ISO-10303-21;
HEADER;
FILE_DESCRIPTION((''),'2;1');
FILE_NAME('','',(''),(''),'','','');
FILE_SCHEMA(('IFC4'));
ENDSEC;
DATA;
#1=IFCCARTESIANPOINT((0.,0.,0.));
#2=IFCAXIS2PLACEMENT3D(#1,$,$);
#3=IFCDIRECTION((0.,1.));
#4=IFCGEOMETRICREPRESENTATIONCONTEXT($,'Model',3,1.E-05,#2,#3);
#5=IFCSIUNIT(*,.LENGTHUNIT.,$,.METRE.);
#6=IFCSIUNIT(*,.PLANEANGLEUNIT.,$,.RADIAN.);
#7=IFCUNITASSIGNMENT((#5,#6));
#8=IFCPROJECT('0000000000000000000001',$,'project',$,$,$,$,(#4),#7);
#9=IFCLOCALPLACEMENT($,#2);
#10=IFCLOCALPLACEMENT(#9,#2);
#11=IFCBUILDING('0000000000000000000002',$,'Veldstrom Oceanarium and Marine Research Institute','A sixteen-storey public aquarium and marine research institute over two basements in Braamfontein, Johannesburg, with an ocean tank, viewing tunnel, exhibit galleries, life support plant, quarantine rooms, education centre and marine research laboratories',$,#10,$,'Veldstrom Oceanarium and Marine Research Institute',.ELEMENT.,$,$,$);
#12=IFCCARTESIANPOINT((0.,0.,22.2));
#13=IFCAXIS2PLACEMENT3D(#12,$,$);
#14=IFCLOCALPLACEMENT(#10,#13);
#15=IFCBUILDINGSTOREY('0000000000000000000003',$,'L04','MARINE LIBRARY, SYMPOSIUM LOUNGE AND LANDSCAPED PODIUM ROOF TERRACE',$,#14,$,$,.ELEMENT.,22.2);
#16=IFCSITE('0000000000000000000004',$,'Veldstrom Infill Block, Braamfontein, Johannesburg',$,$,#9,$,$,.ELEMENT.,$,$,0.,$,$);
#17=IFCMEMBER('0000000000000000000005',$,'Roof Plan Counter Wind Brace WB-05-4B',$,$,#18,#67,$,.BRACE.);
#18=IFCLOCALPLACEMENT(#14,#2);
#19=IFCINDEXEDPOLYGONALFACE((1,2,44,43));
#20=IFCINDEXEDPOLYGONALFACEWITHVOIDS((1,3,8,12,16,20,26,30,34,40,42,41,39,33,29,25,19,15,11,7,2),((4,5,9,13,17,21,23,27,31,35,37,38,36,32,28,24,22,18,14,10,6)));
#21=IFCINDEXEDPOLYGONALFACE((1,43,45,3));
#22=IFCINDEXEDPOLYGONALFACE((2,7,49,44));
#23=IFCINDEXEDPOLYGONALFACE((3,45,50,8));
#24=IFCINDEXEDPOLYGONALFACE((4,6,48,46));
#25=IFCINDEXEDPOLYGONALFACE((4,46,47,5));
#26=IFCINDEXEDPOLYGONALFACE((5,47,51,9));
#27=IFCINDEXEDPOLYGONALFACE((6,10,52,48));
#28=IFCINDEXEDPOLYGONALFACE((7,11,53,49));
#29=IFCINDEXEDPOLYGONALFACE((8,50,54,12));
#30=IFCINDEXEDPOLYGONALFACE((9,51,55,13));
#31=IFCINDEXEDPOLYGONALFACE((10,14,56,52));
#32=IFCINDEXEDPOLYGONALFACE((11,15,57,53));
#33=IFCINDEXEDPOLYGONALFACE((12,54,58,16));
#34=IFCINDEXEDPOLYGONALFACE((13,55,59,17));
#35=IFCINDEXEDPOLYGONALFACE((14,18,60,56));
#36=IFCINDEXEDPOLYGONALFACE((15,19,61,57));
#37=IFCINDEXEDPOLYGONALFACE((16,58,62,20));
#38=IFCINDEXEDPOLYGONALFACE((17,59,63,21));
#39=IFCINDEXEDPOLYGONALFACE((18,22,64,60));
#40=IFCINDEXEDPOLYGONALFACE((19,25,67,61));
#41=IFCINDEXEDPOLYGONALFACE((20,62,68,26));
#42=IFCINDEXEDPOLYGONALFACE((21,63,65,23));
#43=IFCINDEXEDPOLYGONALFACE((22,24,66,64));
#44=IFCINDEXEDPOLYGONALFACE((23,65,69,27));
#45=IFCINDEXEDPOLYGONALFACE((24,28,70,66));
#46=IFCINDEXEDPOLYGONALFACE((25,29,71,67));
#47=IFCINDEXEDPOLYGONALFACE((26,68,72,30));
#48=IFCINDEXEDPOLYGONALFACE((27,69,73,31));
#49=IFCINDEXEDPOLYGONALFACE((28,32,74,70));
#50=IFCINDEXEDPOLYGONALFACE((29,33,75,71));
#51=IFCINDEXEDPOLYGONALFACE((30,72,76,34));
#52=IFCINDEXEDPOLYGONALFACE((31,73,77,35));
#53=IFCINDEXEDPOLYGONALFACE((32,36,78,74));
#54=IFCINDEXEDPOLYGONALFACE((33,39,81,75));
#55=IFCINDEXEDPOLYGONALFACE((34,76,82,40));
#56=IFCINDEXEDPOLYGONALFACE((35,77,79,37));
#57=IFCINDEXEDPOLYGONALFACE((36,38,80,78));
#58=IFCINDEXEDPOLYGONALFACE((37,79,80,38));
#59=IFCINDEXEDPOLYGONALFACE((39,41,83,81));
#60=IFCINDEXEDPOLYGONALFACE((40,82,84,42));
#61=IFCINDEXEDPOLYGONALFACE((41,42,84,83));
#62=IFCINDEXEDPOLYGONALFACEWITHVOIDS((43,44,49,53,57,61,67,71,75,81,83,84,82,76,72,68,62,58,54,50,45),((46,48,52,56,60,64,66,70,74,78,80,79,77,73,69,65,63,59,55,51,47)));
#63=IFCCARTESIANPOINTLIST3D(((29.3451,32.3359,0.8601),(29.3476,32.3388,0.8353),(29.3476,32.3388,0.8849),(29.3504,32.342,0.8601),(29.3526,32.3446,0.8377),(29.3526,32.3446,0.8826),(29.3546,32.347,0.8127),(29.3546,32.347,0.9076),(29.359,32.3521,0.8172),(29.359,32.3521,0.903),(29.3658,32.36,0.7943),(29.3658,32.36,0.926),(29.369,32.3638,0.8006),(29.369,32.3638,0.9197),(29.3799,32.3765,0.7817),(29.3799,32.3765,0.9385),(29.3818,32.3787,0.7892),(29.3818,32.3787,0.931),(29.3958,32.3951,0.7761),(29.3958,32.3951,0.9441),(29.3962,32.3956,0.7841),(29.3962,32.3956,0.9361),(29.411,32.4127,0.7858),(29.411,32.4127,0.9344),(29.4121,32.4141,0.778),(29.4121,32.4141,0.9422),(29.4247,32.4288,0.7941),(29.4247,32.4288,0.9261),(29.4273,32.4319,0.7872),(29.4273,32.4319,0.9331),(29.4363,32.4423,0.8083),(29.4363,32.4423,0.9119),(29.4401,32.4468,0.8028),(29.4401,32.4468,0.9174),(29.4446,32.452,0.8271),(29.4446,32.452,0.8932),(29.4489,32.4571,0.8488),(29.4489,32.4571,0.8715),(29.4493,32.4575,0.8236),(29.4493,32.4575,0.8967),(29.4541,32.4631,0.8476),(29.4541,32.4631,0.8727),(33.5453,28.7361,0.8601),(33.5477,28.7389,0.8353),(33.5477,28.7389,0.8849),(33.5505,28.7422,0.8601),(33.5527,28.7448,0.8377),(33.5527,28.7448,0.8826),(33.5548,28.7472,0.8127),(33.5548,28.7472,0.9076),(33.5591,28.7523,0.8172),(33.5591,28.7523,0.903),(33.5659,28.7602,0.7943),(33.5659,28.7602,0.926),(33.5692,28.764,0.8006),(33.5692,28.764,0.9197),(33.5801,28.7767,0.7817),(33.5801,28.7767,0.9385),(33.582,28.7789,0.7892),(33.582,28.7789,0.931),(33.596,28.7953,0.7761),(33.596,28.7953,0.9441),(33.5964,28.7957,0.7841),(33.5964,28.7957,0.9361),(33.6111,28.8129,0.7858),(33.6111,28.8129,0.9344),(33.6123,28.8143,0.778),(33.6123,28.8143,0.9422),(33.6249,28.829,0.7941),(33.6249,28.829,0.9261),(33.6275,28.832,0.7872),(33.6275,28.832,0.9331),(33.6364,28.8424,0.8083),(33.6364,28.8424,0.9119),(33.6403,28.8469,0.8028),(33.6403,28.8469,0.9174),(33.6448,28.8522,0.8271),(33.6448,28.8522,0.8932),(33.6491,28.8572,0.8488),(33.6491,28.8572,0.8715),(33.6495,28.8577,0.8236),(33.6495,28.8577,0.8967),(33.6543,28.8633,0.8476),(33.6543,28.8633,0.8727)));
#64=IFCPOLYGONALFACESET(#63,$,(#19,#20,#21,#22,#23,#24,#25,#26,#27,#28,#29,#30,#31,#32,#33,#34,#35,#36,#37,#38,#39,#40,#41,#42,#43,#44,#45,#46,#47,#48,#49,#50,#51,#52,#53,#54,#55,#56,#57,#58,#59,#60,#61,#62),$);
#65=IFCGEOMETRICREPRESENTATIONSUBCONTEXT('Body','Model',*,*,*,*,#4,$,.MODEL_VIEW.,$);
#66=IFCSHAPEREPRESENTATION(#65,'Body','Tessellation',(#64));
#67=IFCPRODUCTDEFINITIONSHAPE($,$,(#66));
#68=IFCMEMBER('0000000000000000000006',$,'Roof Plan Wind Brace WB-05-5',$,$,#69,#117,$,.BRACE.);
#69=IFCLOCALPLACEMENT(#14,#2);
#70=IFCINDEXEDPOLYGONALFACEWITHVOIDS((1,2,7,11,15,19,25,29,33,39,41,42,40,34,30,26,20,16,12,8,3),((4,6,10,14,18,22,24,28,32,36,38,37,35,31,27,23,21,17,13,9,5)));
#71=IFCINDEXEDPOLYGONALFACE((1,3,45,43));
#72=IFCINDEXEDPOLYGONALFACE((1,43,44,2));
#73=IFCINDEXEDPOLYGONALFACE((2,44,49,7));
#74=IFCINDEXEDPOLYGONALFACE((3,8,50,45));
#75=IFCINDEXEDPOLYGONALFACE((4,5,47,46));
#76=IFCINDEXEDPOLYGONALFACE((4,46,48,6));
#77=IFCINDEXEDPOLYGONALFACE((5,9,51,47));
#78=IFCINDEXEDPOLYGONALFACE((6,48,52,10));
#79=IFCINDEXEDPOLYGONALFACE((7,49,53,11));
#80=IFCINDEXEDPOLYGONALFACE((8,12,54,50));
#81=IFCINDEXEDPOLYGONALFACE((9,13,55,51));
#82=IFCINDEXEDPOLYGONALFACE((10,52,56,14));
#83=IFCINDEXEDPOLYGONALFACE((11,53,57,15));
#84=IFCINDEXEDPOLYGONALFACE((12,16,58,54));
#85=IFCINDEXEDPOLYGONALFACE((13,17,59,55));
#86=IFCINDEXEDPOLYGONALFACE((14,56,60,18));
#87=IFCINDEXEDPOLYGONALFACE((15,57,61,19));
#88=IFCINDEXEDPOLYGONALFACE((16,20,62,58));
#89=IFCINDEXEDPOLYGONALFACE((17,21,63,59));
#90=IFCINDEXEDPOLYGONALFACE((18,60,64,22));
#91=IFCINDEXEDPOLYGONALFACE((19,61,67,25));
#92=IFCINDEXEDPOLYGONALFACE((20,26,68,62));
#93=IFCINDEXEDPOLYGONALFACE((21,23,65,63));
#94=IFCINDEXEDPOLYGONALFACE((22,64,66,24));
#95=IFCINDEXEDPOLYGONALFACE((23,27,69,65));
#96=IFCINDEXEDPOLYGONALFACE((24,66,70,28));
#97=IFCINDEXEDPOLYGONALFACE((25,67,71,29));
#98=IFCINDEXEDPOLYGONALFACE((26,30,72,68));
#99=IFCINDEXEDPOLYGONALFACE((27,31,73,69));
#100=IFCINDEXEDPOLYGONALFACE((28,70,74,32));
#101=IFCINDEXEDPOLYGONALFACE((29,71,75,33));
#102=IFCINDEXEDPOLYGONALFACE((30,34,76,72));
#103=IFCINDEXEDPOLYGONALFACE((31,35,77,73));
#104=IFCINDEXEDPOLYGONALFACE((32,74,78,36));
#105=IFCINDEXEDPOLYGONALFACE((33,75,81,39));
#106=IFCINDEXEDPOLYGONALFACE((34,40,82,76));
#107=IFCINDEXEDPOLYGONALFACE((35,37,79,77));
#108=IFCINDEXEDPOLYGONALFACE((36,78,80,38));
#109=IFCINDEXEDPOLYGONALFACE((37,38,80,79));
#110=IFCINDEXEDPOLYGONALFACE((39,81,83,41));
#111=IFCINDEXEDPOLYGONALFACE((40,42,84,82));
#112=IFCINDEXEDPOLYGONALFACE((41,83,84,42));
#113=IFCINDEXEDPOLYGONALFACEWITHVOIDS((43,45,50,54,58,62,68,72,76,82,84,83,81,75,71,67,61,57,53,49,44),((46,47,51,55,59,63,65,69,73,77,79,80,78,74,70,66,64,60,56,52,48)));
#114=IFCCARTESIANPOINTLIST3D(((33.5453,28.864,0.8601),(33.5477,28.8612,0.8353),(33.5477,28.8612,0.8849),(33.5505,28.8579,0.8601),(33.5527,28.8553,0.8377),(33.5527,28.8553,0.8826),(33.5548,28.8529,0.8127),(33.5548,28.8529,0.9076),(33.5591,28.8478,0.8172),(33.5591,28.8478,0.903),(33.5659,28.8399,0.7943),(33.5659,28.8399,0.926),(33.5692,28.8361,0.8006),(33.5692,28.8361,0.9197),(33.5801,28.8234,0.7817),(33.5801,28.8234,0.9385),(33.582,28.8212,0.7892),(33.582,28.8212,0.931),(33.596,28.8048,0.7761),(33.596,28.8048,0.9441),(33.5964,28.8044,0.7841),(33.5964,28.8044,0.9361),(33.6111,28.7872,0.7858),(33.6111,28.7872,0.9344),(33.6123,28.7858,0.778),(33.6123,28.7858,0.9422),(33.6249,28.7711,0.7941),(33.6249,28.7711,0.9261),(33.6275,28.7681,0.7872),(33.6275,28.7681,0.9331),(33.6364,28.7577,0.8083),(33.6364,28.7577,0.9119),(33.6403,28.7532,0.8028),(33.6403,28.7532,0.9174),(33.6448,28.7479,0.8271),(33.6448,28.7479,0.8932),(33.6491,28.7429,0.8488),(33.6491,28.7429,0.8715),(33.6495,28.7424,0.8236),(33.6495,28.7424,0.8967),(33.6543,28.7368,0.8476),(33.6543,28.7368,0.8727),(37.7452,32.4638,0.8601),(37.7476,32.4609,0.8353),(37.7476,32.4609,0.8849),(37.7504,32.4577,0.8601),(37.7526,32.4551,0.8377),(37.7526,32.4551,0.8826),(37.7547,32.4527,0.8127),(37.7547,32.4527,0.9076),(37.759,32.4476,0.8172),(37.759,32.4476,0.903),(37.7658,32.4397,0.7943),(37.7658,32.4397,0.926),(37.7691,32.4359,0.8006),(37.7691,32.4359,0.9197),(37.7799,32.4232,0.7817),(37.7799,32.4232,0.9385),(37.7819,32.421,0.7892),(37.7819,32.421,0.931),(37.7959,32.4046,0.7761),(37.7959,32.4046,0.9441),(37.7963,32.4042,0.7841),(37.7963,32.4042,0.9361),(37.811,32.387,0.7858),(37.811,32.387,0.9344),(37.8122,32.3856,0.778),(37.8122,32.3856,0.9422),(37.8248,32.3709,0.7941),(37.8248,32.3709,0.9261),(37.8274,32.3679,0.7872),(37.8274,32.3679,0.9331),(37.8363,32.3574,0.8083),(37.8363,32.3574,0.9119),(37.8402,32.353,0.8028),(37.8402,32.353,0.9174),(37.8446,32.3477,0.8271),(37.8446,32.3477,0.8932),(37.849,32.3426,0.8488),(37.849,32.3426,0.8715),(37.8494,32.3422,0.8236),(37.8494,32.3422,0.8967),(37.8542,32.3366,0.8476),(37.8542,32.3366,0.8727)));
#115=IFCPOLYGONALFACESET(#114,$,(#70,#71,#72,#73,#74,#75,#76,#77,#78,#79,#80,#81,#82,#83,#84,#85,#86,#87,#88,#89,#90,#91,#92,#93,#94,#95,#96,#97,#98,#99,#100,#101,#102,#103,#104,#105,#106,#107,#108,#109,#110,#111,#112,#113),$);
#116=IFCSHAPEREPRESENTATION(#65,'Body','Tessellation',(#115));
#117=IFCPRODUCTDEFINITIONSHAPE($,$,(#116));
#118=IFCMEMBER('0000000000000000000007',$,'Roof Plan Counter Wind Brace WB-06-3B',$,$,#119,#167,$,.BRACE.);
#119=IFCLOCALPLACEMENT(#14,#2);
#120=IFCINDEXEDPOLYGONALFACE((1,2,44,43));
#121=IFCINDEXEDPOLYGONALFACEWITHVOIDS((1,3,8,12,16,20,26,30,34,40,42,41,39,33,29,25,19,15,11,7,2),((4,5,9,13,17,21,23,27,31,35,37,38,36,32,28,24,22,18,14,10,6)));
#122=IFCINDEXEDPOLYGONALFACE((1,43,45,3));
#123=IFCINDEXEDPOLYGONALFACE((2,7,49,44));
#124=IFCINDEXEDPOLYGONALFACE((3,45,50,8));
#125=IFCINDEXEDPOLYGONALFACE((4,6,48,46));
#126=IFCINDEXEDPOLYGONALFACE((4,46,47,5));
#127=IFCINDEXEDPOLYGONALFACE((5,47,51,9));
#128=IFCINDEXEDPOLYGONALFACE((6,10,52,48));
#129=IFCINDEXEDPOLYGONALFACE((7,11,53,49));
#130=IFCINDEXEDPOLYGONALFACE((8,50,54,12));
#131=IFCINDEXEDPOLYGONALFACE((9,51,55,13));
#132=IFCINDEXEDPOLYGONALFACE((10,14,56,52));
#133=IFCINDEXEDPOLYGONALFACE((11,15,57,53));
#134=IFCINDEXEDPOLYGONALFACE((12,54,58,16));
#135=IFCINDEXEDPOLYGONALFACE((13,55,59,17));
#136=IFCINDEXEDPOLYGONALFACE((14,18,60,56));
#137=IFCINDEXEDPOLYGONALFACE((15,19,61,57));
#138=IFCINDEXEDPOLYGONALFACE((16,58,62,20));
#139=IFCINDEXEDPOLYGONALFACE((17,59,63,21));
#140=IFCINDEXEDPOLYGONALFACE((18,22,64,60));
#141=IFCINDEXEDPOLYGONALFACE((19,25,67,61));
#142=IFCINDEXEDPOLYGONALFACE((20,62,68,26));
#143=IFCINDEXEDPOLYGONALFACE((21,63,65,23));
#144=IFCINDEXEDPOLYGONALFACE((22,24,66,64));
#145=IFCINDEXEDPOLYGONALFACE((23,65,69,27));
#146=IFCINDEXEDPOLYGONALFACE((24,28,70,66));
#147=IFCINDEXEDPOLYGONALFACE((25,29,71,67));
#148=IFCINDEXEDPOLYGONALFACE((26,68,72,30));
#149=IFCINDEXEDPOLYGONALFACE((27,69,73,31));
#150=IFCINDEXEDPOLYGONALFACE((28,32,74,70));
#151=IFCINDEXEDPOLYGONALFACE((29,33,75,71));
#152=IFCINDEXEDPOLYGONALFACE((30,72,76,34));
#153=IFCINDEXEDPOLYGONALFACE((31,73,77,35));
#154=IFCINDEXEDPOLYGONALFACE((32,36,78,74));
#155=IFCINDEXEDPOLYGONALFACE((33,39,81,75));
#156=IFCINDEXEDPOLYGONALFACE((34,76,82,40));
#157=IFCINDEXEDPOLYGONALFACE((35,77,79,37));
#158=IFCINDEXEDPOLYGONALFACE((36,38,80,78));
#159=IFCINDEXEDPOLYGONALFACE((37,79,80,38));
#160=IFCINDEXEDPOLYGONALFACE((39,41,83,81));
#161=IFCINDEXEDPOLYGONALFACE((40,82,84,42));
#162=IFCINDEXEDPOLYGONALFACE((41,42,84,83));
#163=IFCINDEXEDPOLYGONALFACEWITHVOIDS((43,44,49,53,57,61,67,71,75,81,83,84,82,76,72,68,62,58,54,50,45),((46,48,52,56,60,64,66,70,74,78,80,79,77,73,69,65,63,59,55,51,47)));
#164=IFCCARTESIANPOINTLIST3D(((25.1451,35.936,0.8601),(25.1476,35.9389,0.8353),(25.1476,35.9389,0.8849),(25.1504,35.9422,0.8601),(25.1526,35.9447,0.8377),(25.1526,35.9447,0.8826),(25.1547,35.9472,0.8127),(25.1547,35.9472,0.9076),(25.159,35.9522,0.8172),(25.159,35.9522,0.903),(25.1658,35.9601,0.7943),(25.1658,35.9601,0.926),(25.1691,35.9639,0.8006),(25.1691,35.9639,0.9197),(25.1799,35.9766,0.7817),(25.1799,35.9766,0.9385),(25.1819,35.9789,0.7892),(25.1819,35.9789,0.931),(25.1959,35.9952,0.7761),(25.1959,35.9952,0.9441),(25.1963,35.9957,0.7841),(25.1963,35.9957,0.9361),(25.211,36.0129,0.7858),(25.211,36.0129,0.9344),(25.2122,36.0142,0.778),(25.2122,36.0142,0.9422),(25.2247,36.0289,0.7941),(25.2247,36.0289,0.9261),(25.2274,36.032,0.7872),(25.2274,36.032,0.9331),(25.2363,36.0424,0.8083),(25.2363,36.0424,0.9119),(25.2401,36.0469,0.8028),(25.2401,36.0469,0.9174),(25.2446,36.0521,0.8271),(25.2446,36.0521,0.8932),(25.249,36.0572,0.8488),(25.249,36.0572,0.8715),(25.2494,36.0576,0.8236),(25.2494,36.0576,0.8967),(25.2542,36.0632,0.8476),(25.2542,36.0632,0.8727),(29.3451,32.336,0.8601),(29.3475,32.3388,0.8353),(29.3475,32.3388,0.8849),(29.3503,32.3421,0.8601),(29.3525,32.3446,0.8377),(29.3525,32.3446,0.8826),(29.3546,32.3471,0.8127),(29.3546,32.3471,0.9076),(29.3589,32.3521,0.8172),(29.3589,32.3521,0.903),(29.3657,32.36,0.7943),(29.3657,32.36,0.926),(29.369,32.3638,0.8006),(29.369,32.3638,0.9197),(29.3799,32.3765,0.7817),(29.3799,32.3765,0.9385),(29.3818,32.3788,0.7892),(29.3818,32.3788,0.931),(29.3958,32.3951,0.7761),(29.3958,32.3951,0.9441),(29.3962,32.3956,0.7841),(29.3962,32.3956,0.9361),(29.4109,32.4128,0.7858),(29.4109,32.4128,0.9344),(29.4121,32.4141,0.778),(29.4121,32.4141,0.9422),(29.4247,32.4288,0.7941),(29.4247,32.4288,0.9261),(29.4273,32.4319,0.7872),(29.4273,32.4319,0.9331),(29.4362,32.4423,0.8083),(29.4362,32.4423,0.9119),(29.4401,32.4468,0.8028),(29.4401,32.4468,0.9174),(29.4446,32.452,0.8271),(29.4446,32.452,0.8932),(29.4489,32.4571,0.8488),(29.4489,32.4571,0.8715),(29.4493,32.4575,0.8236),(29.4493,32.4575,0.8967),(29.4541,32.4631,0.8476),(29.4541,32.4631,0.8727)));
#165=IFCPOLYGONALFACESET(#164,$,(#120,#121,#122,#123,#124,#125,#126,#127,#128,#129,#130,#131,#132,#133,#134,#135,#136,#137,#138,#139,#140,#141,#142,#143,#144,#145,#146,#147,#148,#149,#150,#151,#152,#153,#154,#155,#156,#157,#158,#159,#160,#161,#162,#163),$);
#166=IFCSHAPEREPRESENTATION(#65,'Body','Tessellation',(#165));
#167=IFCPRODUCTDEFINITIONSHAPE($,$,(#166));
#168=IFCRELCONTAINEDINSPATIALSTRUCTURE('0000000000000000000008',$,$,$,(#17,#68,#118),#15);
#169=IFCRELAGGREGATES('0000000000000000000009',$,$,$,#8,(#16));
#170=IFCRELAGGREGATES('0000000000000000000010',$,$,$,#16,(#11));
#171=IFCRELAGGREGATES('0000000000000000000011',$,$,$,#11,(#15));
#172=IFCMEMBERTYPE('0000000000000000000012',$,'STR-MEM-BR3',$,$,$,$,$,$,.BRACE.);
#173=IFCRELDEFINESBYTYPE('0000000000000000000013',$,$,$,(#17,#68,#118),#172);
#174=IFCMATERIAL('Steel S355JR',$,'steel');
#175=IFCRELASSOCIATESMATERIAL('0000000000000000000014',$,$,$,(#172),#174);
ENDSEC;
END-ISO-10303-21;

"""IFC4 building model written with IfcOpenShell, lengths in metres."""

from ifc_helpers import new_model, si_unit, direction, frame, origin, origin_2d, place, context, subcontext, project, spatial, hollow_circle, extrude, material, material_profile, profile_set, type_object, element, save


model = new_model("IFC4")

# Units and contexts
model_context = context("Model", 3, precision=1e-05, world=origin(), true_north=direction((0.0, 1.0)))
body_context = subcontext(model_context, "Body", "Model", "MODEL_VIEW")
ifc_project = project(units=[si_unit("LENGTHUNIT", "METRE"), si_unit("PLANEANGLEUNIT", "RADIAN")], contexts=[model_context])

# Site, building, storey
site_placement = place(None, origin())
site = spatial("IfcSite", under=ifc_project, at=site_placement, Name="Veldstrom Infill Block, Braamfontein, Johannesburg", CompositionType="ELEMENT", RefElevation=0.0)
building_placement = place(site_placement, origin())
building = spatial("IfcBuilding", under=site, at=building_placement, Name="Veldstrom Oceanarium and Marine Research Institute", Description="A sixteen-storey public aquarium and marine research institute over two basements in Braamfontein, Johannesburg, with an ocean tank, viewing tunnel, exhibit galleries, life support plant, quarantine rooms, education centre and marine research laboratories", LongName="Veldstrom Oceanarium and Marine Research Institute", CompositionType="ELEMENT")
storey_placement = place(building_placement, frame((0.0, 0.0, 22.2)))
storey = spatial("IfcBuildingStorey", under=building, at=storey_placement, Name="L04", Description="MARINE LIBRARY, SYMPOSIUM LOUNGE AND LANDSCAPED PODIUM ROOF TERRACE", CompositionType="ELEMENT", Elevation=22.2)

# Members
ifc_material_1 = material(Name="Steel S355JR", Category="steel")
ifc_material_profile_1 = material_profile(ifc_material_1, hollow_circle(Radius=0.0842, WallThickness=0.0081, at=origin_2d()), Name="CHS 168.3x8")
ifc_profile_set_1 = profile_set([ifc_material_profile_1], Name="Steel S355JR")
member_type_1 = type_object("IfcMemberType", Name="STR-MEM-BR3", PredefinedType="BRACE", material=ifc_profile_set_1)
for number, where, z_axis, x_axis, name in (
    (1, (33.6001, 28.8, 0.8601), (-0.759285, 0.650759, 0.0), (-0.650759, -0.759285, 0.0), "Roof Plan Counter Wind Brace WB-05-4B"),
):
    element("IfcMember", number, at=place(storey_placement, frame(where, z_axis=z_axis, x_axis=x_axis)), inside=storey, type_object=member_type_1, Name=name, PredefinedType="BRACE", context=body_context, shape_type="SweptSolid", body=[
        extrude(hollow_circle(Radius=0.0842, WallThickness=0.0081, at=origin_2d()), origin(), (0.0, 0.0, 1.0), 5.5317),
    ])
member_1_placement = place(storey_placement, frame((33.6001, 28.8, 0.8601), z_axis=(0.759266, 0.65078, 0.0), x_axis=(-0.65078, 0.759266, 0.0)))
element("IfcMember", 2, at=member_1_placement, inside=storey, type_object=member_type_1, Name="Roof Plan Wind Brace WB-05-5", PredefinedType="BRACE", context=body_context, shape_type="SweptSolid", body=[
    extrude(hollow_circle(Radius=0.0842, WallThickness=0.0081, at=origin_2d()), origin(), (0.0, 0.0, 1.0), 5.5315),
])
member_2_placement = place(storey_placement, frame((29.3999, 32.3999, 0.8601), z_axis=(-0.759244, 0.650806, 0.0), x_axis=(-0.650806, -0.759244, 0.0)))
element("IfcMember", 3, at=member_2_placement, inside=storey, type_object=member_type_1, Name="Roof Plan Counter Wind Brace WB-06-3B", PredefinedType="BRACE", context=body_context, shape_type="SweptSolid", body=[
    extrude(hollow_circle(Radius=0.0842, WallThickness=0.0081, at=origin_2d()), origin(), (0.0, 0.0, 1.0), 5.5317),
])

save(model, "model.ifc")
